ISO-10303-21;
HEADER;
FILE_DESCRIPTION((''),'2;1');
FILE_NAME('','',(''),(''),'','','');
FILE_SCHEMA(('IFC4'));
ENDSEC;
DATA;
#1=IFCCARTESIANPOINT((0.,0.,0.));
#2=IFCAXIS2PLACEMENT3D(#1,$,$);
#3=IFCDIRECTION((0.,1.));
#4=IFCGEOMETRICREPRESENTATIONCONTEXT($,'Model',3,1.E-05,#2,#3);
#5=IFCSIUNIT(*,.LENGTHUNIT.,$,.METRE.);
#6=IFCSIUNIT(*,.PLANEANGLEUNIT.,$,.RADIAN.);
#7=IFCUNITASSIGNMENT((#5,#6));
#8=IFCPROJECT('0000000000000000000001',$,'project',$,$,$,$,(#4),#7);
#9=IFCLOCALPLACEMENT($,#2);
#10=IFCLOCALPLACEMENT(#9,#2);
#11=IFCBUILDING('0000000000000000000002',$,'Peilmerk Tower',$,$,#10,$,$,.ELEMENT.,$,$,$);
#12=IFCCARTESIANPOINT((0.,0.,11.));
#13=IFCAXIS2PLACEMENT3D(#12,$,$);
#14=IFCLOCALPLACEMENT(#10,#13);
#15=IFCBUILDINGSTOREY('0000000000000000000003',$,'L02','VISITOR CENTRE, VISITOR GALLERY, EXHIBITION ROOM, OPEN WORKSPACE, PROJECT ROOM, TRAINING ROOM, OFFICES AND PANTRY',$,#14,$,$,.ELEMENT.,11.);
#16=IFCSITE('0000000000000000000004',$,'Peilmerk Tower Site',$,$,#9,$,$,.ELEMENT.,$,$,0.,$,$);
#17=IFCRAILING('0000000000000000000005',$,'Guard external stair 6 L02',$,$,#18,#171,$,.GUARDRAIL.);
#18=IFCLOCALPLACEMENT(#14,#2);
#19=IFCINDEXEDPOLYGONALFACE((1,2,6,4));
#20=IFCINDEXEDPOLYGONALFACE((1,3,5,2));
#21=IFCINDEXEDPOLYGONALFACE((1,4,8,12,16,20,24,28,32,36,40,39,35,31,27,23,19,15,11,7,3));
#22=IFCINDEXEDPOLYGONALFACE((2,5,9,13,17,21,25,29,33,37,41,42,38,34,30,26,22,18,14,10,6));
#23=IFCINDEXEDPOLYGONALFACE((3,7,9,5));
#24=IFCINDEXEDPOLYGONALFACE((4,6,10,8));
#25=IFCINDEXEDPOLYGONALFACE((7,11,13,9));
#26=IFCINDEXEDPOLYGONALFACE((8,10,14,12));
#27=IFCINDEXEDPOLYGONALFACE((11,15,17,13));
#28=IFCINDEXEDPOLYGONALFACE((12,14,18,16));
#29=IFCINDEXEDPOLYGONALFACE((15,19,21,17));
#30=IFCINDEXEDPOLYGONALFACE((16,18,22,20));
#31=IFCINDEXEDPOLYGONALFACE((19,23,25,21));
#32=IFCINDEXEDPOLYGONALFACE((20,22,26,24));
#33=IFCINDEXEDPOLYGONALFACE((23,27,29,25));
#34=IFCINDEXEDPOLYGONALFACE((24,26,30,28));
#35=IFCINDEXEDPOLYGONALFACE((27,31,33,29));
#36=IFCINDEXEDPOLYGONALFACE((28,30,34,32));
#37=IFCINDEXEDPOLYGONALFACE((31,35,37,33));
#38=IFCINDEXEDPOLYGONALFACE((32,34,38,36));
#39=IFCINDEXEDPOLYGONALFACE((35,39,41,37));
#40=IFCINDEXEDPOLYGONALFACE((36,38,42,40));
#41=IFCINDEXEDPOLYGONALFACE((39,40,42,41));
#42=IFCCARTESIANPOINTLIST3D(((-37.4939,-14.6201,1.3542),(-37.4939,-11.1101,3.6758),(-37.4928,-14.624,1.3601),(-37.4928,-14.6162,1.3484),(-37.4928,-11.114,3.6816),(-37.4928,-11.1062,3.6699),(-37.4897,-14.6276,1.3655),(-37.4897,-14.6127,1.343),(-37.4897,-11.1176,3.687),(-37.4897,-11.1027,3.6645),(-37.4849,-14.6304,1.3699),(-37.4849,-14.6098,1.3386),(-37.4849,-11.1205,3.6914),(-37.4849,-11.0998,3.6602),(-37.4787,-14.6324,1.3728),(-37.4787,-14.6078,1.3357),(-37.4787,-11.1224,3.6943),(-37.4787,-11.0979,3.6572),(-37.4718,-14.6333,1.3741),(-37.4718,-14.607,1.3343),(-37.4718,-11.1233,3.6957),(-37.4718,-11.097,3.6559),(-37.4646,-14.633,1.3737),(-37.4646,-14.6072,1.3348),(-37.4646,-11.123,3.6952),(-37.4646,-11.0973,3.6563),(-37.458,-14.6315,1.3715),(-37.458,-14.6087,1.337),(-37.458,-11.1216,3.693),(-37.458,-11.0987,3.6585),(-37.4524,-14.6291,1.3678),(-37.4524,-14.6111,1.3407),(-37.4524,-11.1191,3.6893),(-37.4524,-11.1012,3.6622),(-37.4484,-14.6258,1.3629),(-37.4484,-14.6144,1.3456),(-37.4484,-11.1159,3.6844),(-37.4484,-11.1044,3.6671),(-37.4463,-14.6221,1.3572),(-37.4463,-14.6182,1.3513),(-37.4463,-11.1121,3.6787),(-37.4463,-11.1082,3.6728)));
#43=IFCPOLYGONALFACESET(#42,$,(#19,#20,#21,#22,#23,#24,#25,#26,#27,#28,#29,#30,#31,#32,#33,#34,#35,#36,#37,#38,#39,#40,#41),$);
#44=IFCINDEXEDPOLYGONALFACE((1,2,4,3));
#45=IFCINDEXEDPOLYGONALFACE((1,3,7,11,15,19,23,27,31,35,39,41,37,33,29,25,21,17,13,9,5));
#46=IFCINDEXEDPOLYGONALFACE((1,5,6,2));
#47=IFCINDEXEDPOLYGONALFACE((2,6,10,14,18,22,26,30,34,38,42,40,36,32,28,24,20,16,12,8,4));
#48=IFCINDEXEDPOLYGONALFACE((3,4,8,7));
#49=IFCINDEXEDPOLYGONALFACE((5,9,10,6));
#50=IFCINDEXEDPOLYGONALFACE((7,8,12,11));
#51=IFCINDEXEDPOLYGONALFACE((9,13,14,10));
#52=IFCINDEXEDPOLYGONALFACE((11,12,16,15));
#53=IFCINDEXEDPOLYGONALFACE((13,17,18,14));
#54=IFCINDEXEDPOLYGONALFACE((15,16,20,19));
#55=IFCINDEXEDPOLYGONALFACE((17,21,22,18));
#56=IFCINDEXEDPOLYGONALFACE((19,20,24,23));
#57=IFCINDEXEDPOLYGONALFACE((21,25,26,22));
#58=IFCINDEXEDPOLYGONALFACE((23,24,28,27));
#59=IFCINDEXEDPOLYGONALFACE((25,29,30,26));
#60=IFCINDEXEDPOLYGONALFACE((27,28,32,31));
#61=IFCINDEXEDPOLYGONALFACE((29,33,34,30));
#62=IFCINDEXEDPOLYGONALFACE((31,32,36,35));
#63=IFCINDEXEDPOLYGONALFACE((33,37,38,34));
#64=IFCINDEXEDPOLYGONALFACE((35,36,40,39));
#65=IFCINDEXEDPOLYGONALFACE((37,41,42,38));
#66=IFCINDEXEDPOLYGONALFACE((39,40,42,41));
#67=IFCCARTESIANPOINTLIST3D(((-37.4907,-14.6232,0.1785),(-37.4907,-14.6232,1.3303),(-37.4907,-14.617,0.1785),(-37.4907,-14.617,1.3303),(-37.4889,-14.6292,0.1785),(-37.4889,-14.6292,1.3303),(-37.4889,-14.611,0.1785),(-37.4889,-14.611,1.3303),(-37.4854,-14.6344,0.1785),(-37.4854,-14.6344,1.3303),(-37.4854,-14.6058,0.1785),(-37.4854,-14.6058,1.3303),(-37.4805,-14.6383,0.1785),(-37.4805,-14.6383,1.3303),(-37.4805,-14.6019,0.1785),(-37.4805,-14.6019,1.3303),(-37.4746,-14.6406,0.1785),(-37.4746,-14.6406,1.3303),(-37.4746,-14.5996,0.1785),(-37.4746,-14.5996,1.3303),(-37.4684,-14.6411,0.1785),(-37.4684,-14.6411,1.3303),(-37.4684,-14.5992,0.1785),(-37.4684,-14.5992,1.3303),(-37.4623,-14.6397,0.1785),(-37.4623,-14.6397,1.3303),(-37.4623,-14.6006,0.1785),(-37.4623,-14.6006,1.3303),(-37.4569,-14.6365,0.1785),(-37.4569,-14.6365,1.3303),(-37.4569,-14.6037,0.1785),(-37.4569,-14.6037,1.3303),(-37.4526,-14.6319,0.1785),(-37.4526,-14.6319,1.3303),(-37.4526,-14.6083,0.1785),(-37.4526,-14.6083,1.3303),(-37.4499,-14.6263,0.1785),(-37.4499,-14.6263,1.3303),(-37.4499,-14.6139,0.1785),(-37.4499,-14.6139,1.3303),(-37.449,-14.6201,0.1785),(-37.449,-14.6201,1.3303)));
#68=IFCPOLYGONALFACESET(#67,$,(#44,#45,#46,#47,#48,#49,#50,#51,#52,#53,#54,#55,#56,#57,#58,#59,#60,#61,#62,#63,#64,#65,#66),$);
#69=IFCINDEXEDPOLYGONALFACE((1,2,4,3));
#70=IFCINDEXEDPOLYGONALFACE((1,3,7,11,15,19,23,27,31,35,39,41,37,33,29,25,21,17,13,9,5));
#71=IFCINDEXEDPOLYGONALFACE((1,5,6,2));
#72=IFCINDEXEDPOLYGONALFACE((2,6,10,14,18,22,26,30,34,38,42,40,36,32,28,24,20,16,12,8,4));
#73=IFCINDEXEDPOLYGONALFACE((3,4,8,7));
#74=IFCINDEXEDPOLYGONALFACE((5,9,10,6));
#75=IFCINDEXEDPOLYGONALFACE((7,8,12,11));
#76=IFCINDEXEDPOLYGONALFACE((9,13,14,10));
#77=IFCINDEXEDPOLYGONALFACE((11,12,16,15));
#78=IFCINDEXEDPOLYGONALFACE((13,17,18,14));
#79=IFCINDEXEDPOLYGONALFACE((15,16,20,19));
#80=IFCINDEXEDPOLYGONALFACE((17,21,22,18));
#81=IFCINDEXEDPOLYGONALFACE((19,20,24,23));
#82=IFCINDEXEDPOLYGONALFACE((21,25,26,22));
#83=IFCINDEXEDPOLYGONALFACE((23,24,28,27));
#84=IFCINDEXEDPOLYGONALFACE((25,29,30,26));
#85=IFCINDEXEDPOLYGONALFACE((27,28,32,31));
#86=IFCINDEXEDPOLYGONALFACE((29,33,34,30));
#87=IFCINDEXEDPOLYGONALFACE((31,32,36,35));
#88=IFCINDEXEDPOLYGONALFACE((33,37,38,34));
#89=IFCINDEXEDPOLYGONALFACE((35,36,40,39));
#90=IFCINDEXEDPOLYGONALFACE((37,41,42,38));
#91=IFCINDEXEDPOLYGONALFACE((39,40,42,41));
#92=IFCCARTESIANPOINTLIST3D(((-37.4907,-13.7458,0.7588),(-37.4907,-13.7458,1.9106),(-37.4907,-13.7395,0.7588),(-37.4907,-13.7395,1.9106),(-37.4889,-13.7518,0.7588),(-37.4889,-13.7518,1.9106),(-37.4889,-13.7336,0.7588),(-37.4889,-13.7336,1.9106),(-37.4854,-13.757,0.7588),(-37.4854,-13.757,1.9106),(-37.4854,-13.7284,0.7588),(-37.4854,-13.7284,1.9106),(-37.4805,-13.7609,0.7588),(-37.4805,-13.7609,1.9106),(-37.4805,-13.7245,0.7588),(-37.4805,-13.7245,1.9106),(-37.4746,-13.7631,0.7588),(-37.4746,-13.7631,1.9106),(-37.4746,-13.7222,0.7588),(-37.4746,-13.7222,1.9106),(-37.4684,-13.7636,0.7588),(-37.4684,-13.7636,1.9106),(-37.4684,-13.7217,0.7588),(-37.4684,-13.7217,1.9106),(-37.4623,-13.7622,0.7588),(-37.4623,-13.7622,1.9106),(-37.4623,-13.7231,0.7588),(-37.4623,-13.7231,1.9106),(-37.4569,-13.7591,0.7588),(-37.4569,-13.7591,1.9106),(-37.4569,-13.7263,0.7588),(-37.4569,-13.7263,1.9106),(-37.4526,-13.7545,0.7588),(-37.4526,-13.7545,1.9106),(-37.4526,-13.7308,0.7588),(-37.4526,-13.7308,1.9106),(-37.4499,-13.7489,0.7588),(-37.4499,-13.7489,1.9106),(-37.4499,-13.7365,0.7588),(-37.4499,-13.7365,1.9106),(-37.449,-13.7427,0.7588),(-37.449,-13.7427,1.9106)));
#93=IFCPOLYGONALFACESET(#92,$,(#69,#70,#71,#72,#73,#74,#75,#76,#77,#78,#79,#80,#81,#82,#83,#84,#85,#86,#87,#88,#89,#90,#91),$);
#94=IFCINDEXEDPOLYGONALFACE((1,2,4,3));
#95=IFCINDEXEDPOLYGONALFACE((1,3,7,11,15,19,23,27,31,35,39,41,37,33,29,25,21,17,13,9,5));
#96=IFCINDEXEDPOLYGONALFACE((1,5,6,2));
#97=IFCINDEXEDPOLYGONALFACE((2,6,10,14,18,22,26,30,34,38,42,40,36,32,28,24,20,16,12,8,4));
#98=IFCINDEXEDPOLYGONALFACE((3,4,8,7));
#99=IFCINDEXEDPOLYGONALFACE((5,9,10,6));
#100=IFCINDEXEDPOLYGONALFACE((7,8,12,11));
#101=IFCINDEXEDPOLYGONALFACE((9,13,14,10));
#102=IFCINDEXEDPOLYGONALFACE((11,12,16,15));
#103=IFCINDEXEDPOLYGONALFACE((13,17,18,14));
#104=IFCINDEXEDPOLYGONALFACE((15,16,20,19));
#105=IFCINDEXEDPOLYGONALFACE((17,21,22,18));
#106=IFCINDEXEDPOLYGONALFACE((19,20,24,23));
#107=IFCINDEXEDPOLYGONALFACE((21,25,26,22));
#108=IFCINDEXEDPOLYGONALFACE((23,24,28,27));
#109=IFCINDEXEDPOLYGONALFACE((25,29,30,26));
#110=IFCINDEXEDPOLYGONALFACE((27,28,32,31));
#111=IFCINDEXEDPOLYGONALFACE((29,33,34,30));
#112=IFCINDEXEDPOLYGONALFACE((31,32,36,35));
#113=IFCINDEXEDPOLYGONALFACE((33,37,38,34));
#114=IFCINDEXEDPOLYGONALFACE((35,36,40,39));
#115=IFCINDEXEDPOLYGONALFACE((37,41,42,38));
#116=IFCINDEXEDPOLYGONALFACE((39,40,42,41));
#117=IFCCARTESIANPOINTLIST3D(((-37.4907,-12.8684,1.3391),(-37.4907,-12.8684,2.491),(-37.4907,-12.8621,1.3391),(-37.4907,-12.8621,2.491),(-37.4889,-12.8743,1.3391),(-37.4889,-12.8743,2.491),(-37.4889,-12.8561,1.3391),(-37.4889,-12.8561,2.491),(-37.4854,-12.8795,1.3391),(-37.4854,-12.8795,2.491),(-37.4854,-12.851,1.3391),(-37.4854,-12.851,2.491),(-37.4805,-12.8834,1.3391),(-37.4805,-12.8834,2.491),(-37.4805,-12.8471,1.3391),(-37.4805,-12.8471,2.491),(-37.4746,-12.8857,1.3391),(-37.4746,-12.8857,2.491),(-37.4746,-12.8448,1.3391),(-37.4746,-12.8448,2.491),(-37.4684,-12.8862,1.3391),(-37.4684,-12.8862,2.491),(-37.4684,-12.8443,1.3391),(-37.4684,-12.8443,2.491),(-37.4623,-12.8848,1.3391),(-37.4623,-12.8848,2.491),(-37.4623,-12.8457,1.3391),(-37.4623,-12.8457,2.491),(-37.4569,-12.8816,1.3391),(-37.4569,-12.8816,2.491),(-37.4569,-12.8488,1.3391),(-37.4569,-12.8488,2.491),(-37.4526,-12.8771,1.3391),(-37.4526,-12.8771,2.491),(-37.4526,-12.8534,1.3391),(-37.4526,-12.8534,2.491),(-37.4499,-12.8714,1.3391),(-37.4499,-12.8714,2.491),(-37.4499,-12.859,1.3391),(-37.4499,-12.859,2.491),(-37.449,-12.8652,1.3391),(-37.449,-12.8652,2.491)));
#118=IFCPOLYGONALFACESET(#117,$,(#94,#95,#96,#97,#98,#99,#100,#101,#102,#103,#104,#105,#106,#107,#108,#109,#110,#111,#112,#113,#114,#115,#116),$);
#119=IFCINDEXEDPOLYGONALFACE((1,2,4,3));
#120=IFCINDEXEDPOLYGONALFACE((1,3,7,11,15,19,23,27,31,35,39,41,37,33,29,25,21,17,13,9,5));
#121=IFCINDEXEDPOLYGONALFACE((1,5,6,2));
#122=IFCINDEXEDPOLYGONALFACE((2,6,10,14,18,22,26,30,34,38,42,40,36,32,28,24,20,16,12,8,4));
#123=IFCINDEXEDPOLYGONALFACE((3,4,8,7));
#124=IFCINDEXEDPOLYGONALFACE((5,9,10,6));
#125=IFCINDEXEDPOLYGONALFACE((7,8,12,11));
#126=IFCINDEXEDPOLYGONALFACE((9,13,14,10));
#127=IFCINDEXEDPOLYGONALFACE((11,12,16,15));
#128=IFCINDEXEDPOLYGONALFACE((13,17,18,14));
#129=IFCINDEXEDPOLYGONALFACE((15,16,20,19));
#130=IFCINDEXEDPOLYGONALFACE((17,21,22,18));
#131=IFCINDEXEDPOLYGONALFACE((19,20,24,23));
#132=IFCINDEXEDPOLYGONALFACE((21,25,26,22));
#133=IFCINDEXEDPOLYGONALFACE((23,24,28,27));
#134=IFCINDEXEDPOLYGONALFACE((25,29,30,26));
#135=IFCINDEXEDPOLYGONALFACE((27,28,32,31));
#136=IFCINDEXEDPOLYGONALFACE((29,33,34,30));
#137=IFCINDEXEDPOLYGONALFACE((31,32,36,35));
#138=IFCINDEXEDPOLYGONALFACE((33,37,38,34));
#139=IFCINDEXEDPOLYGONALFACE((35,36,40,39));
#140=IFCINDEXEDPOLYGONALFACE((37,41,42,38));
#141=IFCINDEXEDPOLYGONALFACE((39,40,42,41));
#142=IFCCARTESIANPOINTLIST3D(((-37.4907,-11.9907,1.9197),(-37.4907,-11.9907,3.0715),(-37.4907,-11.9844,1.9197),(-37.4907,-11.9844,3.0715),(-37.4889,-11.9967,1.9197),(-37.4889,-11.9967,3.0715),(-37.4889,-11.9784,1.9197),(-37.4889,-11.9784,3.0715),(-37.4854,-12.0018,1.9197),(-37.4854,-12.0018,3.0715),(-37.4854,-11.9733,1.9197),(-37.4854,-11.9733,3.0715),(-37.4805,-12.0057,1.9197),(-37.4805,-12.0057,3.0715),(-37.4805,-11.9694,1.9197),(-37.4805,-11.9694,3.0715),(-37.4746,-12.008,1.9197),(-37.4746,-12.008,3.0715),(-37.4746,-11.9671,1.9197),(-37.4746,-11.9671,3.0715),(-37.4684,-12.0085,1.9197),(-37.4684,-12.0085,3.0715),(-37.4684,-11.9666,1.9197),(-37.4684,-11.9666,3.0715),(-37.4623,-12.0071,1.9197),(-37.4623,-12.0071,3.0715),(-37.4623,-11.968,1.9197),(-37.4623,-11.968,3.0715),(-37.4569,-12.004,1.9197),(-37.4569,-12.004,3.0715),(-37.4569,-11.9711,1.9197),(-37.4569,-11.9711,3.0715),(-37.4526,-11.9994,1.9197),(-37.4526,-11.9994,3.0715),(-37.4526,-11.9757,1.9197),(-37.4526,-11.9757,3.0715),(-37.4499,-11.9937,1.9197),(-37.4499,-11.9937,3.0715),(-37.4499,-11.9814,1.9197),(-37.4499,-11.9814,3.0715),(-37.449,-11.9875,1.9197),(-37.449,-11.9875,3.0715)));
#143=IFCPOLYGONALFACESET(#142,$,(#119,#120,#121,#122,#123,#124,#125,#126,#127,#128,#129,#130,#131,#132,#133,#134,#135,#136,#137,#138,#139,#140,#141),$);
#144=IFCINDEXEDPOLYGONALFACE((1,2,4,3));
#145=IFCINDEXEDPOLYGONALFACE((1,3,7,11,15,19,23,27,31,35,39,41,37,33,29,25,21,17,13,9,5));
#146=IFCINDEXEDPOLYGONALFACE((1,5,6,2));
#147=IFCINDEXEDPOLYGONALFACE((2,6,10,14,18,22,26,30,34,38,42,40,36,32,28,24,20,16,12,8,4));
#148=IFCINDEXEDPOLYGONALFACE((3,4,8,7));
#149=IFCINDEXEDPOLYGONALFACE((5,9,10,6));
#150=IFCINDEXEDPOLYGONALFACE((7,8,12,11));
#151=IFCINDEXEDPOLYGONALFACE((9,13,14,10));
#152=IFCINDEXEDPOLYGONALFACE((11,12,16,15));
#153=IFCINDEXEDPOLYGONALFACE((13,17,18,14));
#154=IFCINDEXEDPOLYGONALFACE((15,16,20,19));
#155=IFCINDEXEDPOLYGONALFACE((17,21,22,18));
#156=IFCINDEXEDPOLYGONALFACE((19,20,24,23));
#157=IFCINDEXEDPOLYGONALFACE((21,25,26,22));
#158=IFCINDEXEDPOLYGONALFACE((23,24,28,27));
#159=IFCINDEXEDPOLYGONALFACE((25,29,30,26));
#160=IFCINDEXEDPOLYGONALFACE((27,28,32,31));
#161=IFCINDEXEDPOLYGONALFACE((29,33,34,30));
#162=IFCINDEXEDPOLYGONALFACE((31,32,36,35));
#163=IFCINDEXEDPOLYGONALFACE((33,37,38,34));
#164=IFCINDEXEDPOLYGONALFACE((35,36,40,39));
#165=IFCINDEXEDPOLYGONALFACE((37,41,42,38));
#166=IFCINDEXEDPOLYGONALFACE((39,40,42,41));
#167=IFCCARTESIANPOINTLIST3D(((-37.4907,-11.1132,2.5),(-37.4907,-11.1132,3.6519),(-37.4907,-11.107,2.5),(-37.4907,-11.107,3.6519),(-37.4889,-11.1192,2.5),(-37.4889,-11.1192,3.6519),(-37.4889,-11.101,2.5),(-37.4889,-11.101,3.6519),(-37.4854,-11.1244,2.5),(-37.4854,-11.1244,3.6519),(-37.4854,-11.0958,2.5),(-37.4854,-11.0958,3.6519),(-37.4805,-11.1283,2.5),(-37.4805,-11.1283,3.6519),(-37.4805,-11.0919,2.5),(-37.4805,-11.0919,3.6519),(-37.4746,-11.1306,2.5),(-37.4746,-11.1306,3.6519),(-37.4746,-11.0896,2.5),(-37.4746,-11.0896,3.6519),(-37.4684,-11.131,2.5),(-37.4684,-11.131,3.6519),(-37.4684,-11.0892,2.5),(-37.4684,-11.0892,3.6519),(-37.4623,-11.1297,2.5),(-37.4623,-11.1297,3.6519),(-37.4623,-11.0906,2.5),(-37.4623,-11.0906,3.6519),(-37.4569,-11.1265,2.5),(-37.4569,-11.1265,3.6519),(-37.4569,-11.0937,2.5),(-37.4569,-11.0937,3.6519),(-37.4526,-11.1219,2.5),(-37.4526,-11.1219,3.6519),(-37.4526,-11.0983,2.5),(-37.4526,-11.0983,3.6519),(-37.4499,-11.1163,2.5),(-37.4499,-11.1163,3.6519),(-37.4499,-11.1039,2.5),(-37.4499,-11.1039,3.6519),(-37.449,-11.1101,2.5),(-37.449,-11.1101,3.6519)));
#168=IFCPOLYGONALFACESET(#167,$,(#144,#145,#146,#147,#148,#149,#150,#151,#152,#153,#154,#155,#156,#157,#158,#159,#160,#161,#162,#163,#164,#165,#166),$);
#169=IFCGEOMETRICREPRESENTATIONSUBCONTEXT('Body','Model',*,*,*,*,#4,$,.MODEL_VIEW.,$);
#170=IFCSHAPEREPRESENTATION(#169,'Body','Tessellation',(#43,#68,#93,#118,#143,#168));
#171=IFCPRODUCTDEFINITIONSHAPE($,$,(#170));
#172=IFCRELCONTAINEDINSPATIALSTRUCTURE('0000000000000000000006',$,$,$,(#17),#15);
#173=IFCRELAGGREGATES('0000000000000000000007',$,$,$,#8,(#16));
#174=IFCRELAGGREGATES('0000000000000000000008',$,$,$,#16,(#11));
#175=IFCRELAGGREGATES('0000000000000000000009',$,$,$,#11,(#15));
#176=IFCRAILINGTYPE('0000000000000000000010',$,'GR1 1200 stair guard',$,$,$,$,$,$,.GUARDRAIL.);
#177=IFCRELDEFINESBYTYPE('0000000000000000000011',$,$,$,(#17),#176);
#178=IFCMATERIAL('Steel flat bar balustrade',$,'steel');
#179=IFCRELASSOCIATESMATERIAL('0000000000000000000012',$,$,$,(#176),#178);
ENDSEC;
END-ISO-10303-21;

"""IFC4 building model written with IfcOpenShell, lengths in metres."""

from ifc_helpers import new_model, si_unit, direction, frame, origin, origin_2d, place, context, subcontext, project, spatial, circle, extrude, material, type_object, element, save


model = new_model("IFC4")

# Units and contexts
model_context = context("Model", 3, precision=1e-05, world=origin(), true_north=direction((0.0, 1.0)))
body_context = subcontext(model_context, "Body", "Model", "MODEL_VIEW")
ifc_project = project(units=[si_unit("LENGTHUNIT", "METRE"), si_unit("PLANEANGLEUNIT", "RADIAN")], contexts=[model_context])

# Site, building, storey
site_placement = place(None, origin())
site = spatial("IfcSite", under=ifc_project, at=site_placement, Name="Peilmerk Tower Site", CompositionType="ELEMENT", RefElevation=0.0)
building_placement = place(site_placement, origin())
building = spatial("IfcBuilding", under=site, at=building_placement, Name="Peilmerk Tower", CompositionType="ELEMENT")
storey_placement = place(building_placement, frame((0.0, 0.0, 11.0)))
storey = spatial("IfcBuildingStorey", under=building, at=storey_placement, Name="L02", Description="VISITOR CENTRE, VISITOR GALLERY, EXHIBITION ROOM, OPEN WORKSPACE, PROJECT ROOM, TRAINING ROOM, OFFICES AND PANTRY", CompositionType="ELEMENT", Elevation=11.0)

# Railing
ifc_material_1 = material(Name="Steel flat bar balustrade", Category="steel")
railing_type_1 = type_object("IfcRailingType", Name="GR1 1200 stair guard", PredefinedType="GUARDRAIL", material=ifc_material_1)
railing_1_placement = place(storey_placement, frame((-37.47, -14.6201, 0.1785)))
element("IfcRailing", 1, at=railing_1_placement, inside=storey, type_object=railing_type_1, Name="Guard external stair 6 L02", PredefinedType="GUARDRAIL", context=body_context, shape_type="SweptSolid", body=[
    extrude(circle(Radius=0.0239, at=origin_2d()), frame((0.0, 0.0, 1.1758), z_axis=(0.0, 0.834071, 0.551657), x_axis=(-1.0, 0.0, 0.0)), (0.0, 0.0, 1.0), 4.2083),
    extrude(circle(Radius=0.021, at=origin_2d()), origin(), (0.0, 0.0, 1.0), 1.1519),
    extrude(circle(Radius=0.021, at=origin_2d()), frame((0.0, 0.8774, 0.5803)), (0.0, 0.0, 1.0), 1.1519),
    extrude(circle(Radius=0.021, at=origin_2d()), frame((0.0, 1.7549, 1.1606)), (0.0, 0.0, 1.0), 1.1519),
    extrude(circle(Radius=0.021, at=origin_2d()), frame((0.0, 2.6326, 1.7412)), (0.0, 0.0, 1.0), 1.1519),
    extrude(circle(Radius=0.021, at=origin_2d()), frame((0.0, 3.51, 2.3215)), (0.0, 0.0, 1.0), 1.1519),
])

save(model, "model.ifc")
